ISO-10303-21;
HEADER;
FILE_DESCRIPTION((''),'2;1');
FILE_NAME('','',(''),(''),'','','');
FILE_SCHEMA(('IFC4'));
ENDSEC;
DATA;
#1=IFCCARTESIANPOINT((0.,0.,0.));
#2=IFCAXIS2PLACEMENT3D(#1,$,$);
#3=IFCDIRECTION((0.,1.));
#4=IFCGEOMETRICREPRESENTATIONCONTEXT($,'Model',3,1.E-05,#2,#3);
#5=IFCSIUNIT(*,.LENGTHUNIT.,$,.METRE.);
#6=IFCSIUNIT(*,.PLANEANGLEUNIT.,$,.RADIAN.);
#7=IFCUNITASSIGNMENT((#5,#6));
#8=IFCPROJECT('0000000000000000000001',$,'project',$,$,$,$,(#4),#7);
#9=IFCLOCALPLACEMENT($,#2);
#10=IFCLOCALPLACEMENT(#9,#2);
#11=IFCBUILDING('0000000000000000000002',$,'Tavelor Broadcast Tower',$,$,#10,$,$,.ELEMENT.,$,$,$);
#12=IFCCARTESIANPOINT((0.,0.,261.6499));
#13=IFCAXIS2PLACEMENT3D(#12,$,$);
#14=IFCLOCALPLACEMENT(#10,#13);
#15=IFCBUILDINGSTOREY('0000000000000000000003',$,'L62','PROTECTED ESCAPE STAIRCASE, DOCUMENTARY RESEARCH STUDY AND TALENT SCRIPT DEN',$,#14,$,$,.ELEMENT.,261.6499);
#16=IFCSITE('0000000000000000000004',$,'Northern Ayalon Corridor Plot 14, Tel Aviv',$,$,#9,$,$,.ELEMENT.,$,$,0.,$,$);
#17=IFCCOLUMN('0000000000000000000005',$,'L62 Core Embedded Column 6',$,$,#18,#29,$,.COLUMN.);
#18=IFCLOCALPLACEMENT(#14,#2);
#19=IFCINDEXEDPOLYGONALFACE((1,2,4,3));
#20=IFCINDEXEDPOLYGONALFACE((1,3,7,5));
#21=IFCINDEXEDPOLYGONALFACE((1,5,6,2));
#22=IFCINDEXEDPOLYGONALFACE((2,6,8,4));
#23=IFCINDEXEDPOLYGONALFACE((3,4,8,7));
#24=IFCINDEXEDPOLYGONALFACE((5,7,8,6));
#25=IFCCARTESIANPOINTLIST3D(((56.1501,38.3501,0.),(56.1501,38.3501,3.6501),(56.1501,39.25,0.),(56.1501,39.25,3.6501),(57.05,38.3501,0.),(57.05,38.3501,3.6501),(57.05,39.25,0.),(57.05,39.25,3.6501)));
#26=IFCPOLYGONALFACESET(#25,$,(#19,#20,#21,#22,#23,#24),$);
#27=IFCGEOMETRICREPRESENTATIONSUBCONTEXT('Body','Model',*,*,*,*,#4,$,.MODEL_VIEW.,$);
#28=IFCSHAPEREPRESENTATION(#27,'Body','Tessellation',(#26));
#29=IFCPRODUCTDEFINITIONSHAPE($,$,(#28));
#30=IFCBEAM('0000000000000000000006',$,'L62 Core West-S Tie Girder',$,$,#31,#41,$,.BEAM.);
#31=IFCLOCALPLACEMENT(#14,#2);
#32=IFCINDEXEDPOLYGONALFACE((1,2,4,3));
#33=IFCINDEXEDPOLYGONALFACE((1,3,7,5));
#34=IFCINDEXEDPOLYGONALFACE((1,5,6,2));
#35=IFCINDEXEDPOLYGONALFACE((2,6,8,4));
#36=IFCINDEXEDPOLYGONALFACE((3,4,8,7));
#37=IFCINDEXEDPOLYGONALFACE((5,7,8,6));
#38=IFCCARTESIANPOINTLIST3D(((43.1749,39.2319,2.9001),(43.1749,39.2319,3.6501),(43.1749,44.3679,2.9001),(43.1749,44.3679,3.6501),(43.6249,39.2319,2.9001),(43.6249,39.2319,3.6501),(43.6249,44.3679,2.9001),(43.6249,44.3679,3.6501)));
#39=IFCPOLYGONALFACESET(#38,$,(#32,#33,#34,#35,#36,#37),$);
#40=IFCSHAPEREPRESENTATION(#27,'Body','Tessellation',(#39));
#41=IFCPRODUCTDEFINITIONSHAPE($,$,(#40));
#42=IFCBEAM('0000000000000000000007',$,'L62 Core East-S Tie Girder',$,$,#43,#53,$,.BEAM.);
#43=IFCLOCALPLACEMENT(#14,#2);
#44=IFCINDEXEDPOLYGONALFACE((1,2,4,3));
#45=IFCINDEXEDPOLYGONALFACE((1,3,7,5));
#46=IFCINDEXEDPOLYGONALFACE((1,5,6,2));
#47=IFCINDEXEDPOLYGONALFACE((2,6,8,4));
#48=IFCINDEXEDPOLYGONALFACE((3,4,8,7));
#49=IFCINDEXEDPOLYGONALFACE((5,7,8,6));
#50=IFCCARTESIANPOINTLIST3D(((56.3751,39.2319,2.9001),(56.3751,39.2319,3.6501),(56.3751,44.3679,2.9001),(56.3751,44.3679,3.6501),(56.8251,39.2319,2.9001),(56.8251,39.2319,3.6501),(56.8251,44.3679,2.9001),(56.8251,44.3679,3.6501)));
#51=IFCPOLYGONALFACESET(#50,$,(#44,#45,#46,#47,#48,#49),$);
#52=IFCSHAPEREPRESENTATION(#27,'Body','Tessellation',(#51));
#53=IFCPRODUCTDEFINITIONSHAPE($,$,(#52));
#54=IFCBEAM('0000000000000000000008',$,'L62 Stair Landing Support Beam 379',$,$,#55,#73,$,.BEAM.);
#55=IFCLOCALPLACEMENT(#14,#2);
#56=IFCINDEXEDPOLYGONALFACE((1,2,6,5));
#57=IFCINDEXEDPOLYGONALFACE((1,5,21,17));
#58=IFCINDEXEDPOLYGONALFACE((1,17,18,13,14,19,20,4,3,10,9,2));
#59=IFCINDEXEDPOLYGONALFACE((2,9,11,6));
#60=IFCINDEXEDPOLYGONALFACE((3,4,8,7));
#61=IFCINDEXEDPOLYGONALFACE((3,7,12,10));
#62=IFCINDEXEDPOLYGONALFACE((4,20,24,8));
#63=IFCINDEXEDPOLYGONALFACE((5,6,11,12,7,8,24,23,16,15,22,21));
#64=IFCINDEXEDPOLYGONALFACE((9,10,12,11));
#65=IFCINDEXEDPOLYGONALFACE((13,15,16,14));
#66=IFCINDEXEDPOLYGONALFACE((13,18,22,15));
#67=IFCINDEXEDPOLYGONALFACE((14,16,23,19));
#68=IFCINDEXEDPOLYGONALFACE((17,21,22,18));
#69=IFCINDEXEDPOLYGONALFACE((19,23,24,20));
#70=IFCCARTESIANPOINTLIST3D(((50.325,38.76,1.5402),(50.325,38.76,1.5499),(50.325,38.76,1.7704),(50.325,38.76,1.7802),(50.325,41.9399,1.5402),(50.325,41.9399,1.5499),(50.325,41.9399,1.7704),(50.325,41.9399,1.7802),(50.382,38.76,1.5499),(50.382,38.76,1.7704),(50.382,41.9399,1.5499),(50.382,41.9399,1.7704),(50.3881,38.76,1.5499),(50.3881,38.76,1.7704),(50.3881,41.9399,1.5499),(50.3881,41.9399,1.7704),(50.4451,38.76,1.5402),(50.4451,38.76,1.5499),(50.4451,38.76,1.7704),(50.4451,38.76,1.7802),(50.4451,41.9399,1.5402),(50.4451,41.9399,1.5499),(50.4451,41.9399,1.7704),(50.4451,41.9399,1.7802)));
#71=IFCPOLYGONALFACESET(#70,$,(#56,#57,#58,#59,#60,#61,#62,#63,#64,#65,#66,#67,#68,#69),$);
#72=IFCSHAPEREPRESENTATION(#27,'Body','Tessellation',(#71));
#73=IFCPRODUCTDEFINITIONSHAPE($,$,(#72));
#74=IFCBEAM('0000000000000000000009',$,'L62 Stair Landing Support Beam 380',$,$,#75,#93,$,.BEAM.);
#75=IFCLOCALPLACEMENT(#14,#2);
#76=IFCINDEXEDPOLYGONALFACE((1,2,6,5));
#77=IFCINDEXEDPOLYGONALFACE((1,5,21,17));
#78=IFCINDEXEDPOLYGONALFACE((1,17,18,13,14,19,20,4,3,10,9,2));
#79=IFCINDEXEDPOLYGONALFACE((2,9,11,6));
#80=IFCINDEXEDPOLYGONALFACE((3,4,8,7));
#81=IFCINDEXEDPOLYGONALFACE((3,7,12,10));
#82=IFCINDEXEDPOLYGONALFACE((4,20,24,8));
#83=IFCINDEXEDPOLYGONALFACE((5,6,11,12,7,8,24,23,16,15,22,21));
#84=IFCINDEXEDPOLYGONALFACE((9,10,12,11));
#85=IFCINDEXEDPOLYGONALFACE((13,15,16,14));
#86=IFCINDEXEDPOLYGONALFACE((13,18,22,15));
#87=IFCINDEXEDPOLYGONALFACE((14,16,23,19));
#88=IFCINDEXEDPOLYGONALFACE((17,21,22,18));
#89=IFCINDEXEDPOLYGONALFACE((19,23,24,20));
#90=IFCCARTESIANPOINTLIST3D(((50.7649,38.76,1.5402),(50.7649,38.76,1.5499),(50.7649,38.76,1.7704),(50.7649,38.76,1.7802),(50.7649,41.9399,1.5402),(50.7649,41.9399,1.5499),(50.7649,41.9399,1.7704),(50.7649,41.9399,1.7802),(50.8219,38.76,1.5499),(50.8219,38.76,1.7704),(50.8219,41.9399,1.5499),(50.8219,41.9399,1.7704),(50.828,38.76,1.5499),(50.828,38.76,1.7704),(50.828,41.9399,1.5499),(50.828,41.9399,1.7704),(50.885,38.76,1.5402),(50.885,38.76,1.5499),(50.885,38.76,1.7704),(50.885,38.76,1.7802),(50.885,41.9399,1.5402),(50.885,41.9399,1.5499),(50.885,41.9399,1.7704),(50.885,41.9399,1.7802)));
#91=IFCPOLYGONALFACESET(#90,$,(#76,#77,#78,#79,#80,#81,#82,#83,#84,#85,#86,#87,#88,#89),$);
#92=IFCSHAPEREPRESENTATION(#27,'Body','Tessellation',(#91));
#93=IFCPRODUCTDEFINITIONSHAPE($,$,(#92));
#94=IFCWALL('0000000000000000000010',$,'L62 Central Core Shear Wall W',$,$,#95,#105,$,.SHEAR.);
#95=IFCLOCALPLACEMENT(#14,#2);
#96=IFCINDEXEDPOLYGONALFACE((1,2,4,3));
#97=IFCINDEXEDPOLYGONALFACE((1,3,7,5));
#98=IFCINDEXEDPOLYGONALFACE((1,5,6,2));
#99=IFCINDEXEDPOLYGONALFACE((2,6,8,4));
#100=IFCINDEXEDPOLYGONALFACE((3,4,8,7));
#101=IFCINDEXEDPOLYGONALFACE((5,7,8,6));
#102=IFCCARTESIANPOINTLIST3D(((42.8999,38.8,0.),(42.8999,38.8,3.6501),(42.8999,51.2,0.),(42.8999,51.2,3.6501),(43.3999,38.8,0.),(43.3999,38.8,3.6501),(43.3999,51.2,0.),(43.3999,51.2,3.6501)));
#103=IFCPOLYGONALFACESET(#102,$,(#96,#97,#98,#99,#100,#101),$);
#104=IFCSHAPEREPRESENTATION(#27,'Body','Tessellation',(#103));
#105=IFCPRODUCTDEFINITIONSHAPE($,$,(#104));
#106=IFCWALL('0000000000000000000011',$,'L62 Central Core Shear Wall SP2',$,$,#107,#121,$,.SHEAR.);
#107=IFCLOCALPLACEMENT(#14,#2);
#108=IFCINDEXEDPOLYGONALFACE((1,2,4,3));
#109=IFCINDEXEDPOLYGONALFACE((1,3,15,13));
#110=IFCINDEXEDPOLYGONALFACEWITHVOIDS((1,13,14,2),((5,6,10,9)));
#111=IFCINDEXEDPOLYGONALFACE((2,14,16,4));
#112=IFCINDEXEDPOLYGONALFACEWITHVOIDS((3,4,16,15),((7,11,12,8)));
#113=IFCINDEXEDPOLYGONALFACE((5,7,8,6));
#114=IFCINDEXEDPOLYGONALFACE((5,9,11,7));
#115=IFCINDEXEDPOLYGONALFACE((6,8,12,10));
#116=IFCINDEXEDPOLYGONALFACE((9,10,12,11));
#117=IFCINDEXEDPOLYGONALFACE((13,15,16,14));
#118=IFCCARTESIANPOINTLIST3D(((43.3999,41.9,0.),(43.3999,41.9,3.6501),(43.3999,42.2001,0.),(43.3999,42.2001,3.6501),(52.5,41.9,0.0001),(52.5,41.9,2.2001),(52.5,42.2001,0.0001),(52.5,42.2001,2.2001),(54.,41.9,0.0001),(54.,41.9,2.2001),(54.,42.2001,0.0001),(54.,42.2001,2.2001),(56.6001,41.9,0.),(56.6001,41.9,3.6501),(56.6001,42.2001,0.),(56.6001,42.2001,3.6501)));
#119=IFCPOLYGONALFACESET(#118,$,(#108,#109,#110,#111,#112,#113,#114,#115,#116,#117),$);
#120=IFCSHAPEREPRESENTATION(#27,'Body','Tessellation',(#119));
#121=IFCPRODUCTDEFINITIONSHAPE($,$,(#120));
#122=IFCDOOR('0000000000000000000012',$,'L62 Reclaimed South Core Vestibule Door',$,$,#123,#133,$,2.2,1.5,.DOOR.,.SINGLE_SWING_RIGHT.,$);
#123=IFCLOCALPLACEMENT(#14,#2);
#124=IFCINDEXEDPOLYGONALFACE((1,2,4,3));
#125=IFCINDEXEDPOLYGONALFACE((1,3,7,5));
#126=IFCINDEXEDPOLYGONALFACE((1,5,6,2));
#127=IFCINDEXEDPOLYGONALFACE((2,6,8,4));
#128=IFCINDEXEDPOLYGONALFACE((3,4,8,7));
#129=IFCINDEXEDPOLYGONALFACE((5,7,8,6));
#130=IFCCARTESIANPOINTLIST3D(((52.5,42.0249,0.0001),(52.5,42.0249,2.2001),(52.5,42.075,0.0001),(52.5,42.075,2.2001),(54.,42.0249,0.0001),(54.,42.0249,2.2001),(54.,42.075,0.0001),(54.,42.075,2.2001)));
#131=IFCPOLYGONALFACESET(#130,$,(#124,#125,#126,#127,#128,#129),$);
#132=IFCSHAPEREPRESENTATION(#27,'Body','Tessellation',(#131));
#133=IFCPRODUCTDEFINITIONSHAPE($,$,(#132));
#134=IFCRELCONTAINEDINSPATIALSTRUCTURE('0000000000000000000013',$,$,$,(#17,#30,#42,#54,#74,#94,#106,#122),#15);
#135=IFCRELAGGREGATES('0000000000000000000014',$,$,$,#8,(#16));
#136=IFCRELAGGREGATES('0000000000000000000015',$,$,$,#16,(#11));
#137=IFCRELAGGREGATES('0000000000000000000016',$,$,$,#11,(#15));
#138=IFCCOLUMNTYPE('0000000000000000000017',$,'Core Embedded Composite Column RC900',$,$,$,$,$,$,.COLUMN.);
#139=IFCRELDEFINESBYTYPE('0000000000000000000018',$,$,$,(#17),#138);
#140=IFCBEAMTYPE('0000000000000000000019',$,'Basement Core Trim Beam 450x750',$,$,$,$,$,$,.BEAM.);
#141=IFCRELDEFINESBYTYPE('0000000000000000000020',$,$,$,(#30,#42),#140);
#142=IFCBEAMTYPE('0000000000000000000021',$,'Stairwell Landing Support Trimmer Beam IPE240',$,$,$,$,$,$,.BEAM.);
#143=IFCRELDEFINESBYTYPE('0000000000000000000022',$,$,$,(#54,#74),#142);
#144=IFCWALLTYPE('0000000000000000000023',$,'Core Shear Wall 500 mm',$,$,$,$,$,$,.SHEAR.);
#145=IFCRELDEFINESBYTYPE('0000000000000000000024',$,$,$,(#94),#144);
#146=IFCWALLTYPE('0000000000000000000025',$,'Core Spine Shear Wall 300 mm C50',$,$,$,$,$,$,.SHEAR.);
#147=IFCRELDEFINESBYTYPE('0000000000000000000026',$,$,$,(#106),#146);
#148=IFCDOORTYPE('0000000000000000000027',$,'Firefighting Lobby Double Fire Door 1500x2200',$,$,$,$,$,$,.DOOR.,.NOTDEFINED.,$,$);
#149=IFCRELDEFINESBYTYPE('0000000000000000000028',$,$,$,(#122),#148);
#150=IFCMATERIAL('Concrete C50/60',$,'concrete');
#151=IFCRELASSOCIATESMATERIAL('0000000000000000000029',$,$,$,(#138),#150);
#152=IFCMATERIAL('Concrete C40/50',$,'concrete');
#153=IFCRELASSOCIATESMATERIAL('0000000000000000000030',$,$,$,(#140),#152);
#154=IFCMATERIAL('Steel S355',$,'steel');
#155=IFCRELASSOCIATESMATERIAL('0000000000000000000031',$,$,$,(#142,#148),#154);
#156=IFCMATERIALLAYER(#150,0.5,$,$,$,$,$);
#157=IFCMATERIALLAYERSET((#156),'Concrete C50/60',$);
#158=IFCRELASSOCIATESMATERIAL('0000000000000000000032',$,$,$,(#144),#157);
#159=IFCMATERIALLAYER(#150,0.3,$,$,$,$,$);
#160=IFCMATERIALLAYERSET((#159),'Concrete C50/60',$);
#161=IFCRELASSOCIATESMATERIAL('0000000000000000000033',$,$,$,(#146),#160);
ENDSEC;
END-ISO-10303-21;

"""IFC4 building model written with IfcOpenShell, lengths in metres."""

from ifc_helpers import new_model, si_unit, direction, frame, frame_2d, origin, origin_2d, place, context, subcontext, project, spatial, rectangle, i_section, extrude, material, layer, layer_set, material_profile, profile_set, type_object, element, fill, save


model = new_model("IFC4")

# Units and contexts
model_context = context("Model", 3, precision=1e-05, world=origin(), true_north=direction((0.0, 1.0)))
body_context = subcontext(model_context, "Body", "Model", "MODEL_VIEW")
ifc_project = project(units=[si_unit("LENGTHUNIT", "METRE"), si_unit("PLANEANGLEUNIT", "RADIAN")], contexts=[model_context])

# Site, building, storey
site_placement = place(None, origin())
site = spatial("IfcSite", under=ifc_project, at=site_placement, Name="Northern Ayalon Corridor Plot 14, Tel Aviv", CompositionType="ELEMENT", RefElevation=0.0)
building_placement = place(site_placement, origin())
building = spatial("IfcBuilding", under=site, at=building_placement, Name="Tavelor Broadcast Tower", CompositionType="ELEMENT")
storey_placement = place(building_placement, frame((0.0, 0.0, 261.6499)))
storey = spatial("IfcBuildingStorey", under=building, at=storey_placement, Name="L62", Description="PROTECTED ESCAPE STAIRCASE, DOCUMENTARY RESEARCH STUDY AND TALENT SCRIPT DEN", CompositionType="ELEMENT", Elevation=261.6499)

# Column
ifc_material_1 = material(Name="Concrete C50/60", Category="concrete")
ifc_material_profile_1 = material_profile(ifc_material_1, rectangle(XDim=0.8999, YDim=0.8999, at=origin_2d()), Name="RC 900x900")
ifc_profile_set_1 = profile_set([ifc_material_profile_1], Name="Concrete C50/60")
column_type = type_object("IfcColumnType", Name="Core Embedded Composite Column RC900", PredefinedType="COLUMN", material=ifc_profile_set_1)
column_placement = place(storey_placement, frame((56.6001, 38.8, 0.0), z_axis=(0.0, 0.0, 1.0), x_axis=(1.0, 0.0, 0.0)))
element("IfcColumn", 1, at=column_placement, inside=storey, type_object=column_type, Name="L62 Core Embedded Column 6", PredefinedType="COLUMN", context=body_context, shape_type="SweptSolid", body=[
    extrude(rectangle(XDim=0.8999, YDim=0.8999, at=origin_2d()), origin(), (0.0, 0.0, 1.0), 3.6501),
])

# Beams
ifc_material_2 = material(Name="Concrete C40/50", Category="concrete")
ifc_material_profile_2 = material_profile(ifc_material_2, rectangle(XDim=0.45, YDim=0.75, at=origin_2d()), Name="RC 450x750")
ifc_profile_set_2 = profile_set([ifc_material_profile_2], Name="Concrete C40/50")
beam_type_1 = type_object("IfcBeamType", Name="Basement Core Trim Beam 450x750", PredefinedType="BEAM", material=ifc_profile_set_2)
for number, where, z_axis, x_axis, name in (
    (2, (43.3999, 39.2319, 3.2751), (0.0, 1.0, 0.0), (-1.0, 0.0, 0.0), "L62 Core West-S Tie Girder"),
    (3, (56.6001, 39.2319, 3.2751), (0.0, 1.0, 0.0), (-1.0, 0.0, 0.0), "L62 Core East-S Tie Girder"),
):
    element("IfcBeam", number, at=place(storey_placement, frame(where, z_axis=z_axis, x_axis=x_axis)), inside=storey, type_object=beam_type_1, Name=name, PredefinedType="BEAM", context=body_context, shape_type="SweptSolid", body=[
        extrude(rectangle(XDim=0.45, YDim=0.75, at=origin_2d()), origin(), (0.0, 0.0, 1.0), 5.136),
    ])
ifc_material_3 = material(Name="Steel S355", Category="steel")
ifc_material_profile_3 = material_profile(ifc_material_3, i_section(OverallWidth=0.1201, OverallDepth=0.24, WebThickness=0.0061, FlangeThickness=0.0098, at=origin_2d()), Name="IPE 240")
ifc_profile_set_3 = profile_set([ifc_material_profile_3], Name="Steel S355")
beam_type_2 = type_object("IfcBeamType", Name="Stairwell Landing Support Trimmer Beam IPE240", PredefinedType="BEAM", material=ifc_profile_set_3)
for number, where, z_axis, x_axis, name in (
    (4, (50.385, 38.76, 1.6602), (0.0, 1.0, 0.0), (-1.0, 0.0, 0.0), "L62 Stair Landing Support Beam 379"),
    (5, (50.825, 38.76, 1.6602), (0.0, 1.0, 0.0), (-1.0, 0.0, 0.0), "L62 Stair Landing Support Beam 380"),
):
    element("IfcBeam", number, at=place(storey_placement, frame(where, z_axis=z_axis, x_axis=x_axis)), inside=storey, type_object=beam_type_2, Name=name, PredefinedType="BEAM", context=body_context, shape_type="SweptSolid", body=[
        extrude(i_section(OverallWidth=0.1201, OverallDepth=0.24, WebThickness=0.0061, FlangeThickness=0.0098, at=origin_2d()), origin(), (0.0, 0.0, 1.0), 3.1799),
    ])

# Wall
ifc_layer_1 = layer(ifc_material_1, 0.5)
ifc_layer_set_1 = layer_set([ifc_layer_1], Name="Concrete C50/60")
wall_type_1 = type_object("IfcWallType", Name="Core Shear Wall 500 mm", PredefinedType="SHEAR", material=ifc_layer_set_1)
wall_1_placement = place(storey_placement, frame((43.1499, 38.8, 0.0), z_axis=(0.0, 0.0, 1.0), x_axis=(0.0, 1.0, 0.0)))
element("IfcWall", 6, at=wall_1_placement, inside=storey, type_object=wall_type_1, Name="L62 Central Core Shear Wall W", PredefinedType="SHEAR", context=body_context, shape_type="SweptSolid", body=[
    extrude(rectangle(XDim=12.3999, YDim=0.5, at=frame_2d((6.2, 0.0))), origin(), (0.0, 0.0, 1.0), 3.6501),
])

# Wall, opening, door
ifc_layer_2 = layer(ifc_material_1, 0.3)
ifc_layer_set_2 = layer_set([ifc_layer_2], Name="Concrete C50/60")
wall_type_2 = type_object("IfcWallType", Name="Core Spine Shear Wall 300 mm C50", PredefinedType="SHEAR", material=ifc_layer_set_2)
wall_2_placement = place(storey_placement, frame((43.3999, 42.05, 0.0), z_axis=(0.0, 0.0, 1.0), x_axis=(1.0, 0.0, 0.0)))
wall_2 = element("IfcWall", 7, at=wall_2_placement, inside=storey, type_object=wall_type_2, Name="L62 Central Core Shear Wall SP2", PredefinedType="SHEAR", context=body_context, shape_type="SweptSolid", body=[
    extrude(rectangle(XDim=13.2002, YDim=0.3, at=frame_2d((6.6001, 0.0))), origin(), (0.0, 0.0, 1.0), 3.6501),
])
opening_1_placement = place(wall_2_placement, frame((9.1001, 0.0, 0.0)))
opening_1 = element("IfcOpeningElement", 8, at=opening_1_placement, cuts=wall_2, PredefinedType="OPENING", context=body_context, shape_type="SweptSolid", body=[
    extrude(rectangle(XDim=1.5, YDim=2.2, at=frame_2d((0.75, 1.1001))), frame((0.0, 0.1602, 0.0), z_axis=(0.0, -1.0, 0.0), x_axis=(1.0, 0.0, 0.0)), (0.0, 0.0, 1.0), 0.3201),
])
door_type_1 = type_object("IfcDoorType", Name="Firefighting Lobby Double Fire Door 1500x2200", OperationType="NOTDEFINED", PredefinedType="DOOR", material=ifc_material_3)
door_1_placement = place(opening_1_placement, origin())
door_1 = element("IfcDoor", 9, at=door_1_placement, inside=storey, type_object=door_type_1, Name="L62 Reclaimed South Core Vestibule Door", OperationType="SINGLE_SWING_RIGHT", OverallHeight=2.2, OverallWidth=1.5, PredefinedType="DOOR", context=body_context, shape_type="SweptSolid", body=[
    extrude(rectangle(XDim=1.5, YDim=2.2, at=frame_2d((0.75, 1.1001))), frame((0.0, 0.0249, 0.0), z_axis=(0.0, -1.0, 0.0), x_axis=(1.0, 0.0, 0.0)), (0.0, 0.0, 1.0), 0.05),
])
fill(opening_1, door_1)

save(model, "model.ifc")
